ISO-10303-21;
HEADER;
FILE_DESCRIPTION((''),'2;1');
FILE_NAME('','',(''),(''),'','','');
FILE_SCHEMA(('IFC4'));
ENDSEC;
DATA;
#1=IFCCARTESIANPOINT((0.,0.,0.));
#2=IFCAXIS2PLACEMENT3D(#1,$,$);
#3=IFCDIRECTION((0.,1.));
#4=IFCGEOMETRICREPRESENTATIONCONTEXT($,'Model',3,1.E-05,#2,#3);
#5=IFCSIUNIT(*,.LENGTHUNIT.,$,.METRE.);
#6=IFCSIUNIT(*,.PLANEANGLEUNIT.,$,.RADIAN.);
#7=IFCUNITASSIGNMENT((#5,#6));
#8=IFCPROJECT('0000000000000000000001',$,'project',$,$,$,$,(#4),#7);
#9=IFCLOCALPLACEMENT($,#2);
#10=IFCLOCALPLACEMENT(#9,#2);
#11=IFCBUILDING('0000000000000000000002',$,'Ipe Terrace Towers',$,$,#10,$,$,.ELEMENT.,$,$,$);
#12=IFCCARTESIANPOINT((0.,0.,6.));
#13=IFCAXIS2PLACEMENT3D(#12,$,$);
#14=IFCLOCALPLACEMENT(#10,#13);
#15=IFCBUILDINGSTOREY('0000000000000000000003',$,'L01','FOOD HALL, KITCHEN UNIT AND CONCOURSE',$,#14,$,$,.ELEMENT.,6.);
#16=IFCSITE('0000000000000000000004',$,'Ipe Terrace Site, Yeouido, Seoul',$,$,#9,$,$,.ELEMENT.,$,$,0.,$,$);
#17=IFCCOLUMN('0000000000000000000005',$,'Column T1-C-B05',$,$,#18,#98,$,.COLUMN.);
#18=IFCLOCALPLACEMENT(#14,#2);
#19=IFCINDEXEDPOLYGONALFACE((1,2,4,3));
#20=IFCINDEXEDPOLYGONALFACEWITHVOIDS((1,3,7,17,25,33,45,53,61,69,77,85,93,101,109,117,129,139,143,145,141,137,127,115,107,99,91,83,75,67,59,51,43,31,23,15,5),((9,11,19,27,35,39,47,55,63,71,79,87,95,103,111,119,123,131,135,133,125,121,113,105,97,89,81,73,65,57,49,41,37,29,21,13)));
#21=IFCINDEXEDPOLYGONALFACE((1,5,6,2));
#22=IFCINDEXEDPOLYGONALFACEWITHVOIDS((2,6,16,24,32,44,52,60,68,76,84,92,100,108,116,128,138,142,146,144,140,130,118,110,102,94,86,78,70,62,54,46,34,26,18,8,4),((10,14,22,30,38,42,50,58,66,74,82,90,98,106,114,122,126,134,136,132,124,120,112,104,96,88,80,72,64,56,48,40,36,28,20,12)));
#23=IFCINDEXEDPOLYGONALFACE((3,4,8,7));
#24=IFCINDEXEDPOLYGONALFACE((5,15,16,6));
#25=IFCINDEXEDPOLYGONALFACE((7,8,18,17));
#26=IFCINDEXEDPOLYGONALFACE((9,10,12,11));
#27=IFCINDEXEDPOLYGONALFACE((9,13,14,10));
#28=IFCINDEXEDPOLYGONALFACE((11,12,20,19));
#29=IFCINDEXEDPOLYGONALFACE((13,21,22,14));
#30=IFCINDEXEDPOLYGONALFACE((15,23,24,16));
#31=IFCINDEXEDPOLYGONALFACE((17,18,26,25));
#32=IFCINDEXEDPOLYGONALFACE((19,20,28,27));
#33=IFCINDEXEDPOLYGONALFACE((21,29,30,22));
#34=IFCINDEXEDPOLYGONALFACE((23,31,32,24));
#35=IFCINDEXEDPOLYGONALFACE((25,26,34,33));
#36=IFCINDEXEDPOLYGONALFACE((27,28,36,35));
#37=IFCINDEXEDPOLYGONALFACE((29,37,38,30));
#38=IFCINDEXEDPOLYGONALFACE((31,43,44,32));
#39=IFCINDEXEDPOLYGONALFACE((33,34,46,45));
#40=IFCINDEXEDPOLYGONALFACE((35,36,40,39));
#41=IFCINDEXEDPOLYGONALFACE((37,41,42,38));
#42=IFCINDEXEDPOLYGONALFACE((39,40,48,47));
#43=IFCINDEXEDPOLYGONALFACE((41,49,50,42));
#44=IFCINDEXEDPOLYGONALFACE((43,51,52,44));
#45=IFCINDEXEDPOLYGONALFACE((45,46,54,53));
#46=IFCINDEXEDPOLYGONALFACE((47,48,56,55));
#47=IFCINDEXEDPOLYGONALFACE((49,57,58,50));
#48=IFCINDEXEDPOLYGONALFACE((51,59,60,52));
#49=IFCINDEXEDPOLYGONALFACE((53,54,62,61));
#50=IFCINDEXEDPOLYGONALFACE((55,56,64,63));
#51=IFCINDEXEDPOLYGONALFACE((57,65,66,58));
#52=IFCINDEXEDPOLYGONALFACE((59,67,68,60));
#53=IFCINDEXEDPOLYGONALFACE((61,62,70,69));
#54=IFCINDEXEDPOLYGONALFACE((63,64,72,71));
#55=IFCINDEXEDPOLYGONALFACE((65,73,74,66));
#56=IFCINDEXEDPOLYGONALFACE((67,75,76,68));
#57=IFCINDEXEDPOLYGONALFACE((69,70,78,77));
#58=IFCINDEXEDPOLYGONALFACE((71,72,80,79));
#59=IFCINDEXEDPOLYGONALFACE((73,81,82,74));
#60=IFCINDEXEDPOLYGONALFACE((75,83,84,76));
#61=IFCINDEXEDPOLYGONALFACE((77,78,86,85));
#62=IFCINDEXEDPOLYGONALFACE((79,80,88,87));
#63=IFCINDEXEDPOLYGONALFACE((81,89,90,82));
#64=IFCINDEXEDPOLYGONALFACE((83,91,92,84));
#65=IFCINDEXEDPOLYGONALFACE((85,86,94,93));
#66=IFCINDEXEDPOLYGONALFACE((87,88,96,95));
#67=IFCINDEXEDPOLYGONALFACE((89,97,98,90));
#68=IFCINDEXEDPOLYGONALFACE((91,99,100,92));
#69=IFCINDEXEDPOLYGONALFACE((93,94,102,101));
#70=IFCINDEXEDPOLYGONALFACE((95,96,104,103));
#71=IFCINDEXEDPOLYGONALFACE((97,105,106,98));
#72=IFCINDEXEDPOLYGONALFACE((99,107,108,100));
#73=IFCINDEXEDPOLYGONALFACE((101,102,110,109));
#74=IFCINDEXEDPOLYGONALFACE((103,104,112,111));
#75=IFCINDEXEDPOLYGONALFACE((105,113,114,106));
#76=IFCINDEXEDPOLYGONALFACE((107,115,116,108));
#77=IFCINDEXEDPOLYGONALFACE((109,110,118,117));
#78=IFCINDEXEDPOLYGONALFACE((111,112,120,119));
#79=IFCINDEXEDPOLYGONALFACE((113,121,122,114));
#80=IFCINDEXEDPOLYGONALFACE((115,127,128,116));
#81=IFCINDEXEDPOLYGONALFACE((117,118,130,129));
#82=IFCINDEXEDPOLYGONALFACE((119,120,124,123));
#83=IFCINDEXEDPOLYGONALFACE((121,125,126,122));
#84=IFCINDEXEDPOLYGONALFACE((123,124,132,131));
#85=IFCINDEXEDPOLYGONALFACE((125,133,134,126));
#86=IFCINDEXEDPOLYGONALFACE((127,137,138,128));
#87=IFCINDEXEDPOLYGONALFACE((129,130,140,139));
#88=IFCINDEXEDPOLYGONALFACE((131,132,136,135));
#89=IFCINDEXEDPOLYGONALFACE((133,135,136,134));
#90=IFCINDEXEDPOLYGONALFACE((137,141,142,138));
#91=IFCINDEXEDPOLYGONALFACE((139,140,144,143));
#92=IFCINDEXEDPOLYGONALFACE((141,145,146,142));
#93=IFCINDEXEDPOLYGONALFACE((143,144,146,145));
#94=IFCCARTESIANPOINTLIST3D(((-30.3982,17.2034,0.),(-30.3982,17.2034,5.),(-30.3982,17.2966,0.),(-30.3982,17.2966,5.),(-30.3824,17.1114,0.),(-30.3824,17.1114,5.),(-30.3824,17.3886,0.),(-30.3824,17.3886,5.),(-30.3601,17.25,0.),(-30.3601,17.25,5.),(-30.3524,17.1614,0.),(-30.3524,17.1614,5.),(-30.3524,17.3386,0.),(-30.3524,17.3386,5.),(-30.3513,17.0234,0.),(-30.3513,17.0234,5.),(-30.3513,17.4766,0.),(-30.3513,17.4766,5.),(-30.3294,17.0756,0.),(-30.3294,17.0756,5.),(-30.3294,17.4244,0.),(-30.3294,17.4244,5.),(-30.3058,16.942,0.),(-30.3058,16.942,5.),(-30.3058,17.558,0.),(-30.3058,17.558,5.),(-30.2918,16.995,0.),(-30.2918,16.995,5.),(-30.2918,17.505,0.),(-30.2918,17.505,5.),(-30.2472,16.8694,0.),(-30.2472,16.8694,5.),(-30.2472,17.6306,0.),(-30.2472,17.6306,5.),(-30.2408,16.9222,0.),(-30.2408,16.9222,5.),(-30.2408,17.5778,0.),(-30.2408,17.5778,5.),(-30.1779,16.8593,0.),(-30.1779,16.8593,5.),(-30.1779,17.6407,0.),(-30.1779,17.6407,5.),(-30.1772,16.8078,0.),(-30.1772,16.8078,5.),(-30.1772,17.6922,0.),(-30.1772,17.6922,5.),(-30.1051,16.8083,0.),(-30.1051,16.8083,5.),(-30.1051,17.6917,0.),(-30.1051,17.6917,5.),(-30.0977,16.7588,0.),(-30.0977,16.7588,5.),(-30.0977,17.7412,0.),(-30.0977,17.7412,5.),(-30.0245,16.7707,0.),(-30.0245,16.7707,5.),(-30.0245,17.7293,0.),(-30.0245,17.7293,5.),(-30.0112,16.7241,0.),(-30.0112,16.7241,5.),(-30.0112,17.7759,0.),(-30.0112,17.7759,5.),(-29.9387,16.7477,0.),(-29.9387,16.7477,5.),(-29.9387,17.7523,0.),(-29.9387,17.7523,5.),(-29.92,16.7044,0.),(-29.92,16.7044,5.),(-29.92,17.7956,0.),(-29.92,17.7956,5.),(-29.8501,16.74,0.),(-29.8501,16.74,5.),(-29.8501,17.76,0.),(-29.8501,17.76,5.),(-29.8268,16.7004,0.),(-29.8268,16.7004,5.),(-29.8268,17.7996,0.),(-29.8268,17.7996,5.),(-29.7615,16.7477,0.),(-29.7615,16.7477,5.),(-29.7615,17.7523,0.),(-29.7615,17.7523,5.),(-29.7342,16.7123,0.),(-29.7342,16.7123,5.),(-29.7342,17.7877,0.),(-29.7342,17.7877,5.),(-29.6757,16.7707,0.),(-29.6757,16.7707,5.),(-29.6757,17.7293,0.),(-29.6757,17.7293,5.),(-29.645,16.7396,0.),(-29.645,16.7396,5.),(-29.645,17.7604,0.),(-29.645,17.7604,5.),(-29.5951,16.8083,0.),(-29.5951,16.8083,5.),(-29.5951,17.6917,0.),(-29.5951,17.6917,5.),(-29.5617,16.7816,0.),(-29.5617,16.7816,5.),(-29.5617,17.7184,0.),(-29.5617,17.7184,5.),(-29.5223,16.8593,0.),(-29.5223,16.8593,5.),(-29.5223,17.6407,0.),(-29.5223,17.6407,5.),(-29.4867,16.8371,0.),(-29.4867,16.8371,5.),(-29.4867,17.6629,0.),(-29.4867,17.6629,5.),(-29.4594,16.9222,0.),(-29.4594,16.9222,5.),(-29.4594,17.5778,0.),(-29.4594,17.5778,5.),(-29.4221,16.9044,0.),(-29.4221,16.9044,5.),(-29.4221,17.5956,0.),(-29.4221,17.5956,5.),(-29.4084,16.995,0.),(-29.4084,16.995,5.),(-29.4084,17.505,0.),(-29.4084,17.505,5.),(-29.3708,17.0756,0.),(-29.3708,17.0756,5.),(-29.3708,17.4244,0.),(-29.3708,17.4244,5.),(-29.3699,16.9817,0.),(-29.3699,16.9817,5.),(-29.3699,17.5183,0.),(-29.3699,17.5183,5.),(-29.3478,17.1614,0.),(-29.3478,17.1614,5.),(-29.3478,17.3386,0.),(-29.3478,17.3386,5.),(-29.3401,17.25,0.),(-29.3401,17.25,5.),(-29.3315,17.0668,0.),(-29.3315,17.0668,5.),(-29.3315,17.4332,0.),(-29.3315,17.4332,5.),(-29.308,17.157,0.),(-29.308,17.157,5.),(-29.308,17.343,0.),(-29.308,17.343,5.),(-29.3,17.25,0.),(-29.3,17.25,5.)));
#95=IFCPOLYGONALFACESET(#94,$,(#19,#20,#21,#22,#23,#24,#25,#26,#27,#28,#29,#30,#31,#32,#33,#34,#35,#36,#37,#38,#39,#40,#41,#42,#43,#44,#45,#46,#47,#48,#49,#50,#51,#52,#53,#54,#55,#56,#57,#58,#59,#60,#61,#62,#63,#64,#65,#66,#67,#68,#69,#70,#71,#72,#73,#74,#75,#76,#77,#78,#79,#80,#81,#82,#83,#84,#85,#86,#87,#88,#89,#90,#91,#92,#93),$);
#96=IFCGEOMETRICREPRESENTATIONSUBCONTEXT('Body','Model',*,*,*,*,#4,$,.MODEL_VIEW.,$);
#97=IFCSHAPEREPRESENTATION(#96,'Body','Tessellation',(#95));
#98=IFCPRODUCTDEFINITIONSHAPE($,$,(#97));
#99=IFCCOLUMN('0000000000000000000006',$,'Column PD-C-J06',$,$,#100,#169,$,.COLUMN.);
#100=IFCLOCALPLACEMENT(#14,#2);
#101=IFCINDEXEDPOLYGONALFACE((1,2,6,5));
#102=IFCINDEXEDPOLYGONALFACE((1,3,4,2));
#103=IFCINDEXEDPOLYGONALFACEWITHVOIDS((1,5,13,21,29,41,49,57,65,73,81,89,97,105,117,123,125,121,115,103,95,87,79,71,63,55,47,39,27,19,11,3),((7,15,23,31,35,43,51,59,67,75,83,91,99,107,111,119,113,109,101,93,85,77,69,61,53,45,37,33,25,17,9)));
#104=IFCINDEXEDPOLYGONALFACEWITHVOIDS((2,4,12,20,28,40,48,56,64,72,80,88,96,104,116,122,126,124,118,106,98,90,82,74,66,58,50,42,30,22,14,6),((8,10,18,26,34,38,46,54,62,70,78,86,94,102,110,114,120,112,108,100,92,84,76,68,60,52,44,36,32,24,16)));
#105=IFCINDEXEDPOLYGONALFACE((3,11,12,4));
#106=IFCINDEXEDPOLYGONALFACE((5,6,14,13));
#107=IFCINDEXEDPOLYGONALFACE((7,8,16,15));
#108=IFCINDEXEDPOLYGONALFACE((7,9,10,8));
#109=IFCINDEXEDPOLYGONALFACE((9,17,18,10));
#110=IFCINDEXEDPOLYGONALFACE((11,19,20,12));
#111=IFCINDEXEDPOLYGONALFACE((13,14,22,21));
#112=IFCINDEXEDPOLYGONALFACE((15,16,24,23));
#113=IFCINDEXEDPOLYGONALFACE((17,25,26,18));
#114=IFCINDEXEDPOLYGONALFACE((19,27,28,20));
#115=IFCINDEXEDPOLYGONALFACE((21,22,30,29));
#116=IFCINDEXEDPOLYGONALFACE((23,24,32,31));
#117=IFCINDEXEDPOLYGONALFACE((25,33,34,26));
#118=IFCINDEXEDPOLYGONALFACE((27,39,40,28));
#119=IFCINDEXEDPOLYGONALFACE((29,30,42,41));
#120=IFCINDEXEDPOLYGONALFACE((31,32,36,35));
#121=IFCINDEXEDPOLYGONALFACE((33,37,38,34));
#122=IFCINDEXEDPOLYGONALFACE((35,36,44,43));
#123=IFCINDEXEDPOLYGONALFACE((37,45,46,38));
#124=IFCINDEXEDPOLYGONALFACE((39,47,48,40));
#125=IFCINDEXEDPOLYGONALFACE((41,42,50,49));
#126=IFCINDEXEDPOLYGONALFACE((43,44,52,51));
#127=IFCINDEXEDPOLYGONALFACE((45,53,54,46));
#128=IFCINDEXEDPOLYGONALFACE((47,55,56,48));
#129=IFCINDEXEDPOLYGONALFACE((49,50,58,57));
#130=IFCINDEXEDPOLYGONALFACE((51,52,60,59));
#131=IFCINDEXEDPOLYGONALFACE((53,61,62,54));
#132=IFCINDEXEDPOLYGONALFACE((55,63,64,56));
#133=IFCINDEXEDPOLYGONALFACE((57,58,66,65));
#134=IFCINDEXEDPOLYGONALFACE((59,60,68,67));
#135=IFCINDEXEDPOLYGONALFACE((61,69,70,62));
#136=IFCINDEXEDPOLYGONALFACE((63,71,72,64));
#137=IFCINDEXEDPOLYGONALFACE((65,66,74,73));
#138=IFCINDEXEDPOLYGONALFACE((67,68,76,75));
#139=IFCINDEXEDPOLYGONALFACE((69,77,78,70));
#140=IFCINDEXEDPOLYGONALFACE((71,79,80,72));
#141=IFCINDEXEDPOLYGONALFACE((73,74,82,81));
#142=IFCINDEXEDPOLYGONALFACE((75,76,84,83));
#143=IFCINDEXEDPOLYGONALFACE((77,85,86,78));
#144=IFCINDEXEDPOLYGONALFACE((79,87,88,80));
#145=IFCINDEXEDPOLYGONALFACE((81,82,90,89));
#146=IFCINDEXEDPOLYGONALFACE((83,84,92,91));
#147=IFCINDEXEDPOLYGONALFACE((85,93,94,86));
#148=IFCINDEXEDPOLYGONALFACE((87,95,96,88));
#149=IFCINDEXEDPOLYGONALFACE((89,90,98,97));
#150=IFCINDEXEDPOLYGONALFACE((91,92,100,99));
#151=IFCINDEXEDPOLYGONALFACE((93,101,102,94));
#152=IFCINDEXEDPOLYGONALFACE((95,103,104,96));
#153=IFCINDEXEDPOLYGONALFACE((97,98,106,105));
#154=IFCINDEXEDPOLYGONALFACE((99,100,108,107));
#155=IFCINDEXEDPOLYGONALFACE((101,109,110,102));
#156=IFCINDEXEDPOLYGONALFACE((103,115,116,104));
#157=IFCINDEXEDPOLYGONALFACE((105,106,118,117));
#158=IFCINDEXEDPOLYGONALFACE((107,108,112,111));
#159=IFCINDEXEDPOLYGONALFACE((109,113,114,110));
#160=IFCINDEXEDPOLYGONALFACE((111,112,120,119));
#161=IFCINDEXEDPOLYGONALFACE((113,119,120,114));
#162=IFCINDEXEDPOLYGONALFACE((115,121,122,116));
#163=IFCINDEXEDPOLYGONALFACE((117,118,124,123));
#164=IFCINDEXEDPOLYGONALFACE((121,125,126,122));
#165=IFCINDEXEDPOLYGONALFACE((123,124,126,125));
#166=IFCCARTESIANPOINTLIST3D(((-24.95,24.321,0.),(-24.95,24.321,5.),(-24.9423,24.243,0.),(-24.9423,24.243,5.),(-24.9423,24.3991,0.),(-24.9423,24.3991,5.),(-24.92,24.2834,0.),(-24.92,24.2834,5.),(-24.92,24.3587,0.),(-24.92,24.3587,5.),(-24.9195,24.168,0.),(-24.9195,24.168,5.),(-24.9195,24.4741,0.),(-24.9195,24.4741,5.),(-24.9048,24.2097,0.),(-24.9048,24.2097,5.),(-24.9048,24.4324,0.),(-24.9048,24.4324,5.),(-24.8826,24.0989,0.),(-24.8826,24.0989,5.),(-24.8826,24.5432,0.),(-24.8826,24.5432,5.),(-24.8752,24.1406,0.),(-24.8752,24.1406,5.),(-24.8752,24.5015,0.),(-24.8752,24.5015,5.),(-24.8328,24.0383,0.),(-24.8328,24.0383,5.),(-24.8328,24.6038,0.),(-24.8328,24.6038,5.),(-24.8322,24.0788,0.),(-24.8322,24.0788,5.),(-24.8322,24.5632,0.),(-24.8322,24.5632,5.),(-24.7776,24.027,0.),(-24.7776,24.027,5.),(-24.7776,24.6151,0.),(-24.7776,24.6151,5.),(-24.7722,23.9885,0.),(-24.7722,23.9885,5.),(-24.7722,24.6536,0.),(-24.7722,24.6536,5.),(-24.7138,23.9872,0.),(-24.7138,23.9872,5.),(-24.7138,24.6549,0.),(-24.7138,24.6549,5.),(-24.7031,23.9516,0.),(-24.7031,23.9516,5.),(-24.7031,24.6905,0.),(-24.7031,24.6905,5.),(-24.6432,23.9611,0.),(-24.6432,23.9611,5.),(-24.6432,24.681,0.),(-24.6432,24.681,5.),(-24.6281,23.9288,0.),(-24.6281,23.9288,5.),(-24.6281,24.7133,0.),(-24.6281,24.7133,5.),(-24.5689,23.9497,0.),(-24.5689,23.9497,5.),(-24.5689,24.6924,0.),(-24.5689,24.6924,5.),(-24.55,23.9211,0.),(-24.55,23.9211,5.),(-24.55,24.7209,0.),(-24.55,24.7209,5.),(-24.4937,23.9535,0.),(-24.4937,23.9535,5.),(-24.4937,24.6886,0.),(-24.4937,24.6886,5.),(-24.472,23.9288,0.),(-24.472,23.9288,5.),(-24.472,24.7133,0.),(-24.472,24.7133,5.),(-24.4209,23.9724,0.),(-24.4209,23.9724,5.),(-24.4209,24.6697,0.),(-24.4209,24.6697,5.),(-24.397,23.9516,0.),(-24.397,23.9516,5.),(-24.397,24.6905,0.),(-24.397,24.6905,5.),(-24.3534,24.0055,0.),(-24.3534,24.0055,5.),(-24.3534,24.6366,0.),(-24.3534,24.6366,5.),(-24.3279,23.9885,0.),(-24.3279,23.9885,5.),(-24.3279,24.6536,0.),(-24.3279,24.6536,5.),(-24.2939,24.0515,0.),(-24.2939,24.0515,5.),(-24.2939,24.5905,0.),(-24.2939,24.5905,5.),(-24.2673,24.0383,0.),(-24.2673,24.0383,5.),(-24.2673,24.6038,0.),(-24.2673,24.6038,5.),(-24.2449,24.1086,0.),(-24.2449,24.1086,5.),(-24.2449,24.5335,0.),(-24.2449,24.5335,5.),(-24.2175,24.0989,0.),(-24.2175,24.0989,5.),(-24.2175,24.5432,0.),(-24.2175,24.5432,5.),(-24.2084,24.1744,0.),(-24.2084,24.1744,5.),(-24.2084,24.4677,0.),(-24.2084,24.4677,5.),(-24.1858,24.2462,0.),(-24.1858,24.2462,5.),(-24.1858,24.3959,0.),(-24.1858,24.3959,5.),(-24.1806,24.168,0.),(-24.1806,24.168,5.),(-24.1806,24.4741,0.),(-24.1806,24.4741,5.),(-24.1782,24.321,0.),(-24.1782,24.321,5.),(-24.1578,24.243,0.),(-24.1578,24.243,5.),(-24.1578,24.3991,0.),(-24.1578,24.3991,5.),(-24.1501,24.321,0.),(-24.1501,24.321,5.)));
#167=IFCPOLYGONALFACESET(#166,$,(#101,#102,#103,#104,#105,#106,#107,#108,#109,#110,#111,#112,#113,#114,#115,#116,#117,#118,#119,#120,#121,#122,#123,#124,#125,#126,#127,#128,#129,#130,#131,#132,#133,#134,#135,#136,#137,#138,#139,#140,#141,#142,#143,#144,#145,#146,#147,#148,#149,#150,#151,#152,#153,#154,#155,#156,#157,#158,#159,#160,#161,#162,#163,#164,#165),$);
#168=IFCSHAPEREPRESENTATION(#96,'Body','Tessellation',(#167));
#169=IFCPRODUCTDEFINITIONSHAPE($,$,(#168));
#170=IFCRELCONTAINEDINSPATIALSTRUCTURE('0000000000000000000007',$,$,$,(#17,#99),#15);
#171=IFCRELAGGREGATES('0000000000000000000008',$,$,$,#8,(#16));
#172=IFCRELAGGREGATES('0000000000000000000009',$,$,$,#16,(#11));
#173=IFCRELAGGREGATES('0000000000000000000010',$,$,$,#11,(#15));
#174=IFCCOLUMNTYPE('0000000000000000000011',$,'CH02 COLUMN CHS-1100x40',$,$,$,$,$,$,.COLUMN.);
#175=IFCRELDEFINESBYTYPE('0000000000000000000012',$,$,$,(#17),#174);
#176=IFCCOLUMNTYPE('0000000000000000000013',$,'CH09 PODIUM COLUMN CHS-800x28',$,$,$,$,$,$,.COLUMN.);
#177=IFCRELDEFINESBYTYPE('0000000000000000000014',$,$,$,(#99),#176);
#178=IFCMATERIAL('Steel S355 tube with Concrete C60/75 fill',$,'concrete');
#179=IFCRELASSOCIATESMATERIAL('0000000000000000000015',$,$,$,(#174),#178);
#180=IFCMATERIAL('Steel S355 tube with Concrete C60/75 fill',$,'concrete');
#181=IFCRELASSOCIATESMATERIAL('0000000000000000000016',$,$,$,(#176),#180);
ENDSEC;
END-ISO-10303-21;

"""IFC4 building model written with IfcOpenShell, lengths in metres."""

from ifc_helpers import new_model, si_unit, direction, frame, origin, origin_2d, place, context, subcontext, project, spatial, hollow_circle, extrude, material, material_profile, profile_set, type_object, element, save


model = new_model("IFC4")

# Units and contexts
model_context = context("Model", 3, precision=1e-05, world=origin(), true_north=direction((0.0, 1.0)))
body_context = subcontext(model_context, "Body", "Model", "MODEL_VIEW")
ifc_project = project(units=[si_unit("LENGTHUNIT", "METRE"), si_unit("PLANEANGLEUNIT", "RADIAN")], contexts=[model_context])

# Site, building, storey
site_placement = place(None, origin())
site = spatial("IfcSite", under=ifc_project, at=site_placement, Name="Ipe Terrace Site, Yeouido, Seoul", CompositionType="ELEMENT", RefElevation=0.0)
building_placement = place(site_placement, origin())
building = spatial("IfcBuilding", under=site, at=building_placement, Name="Ipe Terrace Towers", CompositionType="ELEMENT")
storey_placement = place(building_placement, frame((0.0, 0.0, 6.0)))
storey = spatial("IfcBuildingStorey", under=building, at=storey_placement, Name="L01", Description="FOOD HALL, KITCHEN UNIT AND CONCOURSE", CompositionType="ELEMENT", Elevation=6.0)

# Columns
ifc_material_1 = material(Name="Steel S355 tube with Concrete C60/75 fill", Category="concrete")
ifc_material_profile_1 = material_profile(ifc_material_1, hollow_circle(Radius=0.55, WallThickness=0.04, at=origin_2d()), Name="CHS-1100x40")
ifc_profile_set_1 = profile_set([ifc_material_profile_1], Name="Steel S355 tube with Concrete C60/75 fill")
column_type_1 = type_object("IfcColumnType", Name="CH02 COLUMN CHS-1100x40", PredefinedType="COLUMN", material=ifc_profile_set_1)
column_placement = place(storey_placement, frame((-29.8501, 17.25, 0.0), z_axis=(0.0, 0.0, 1.0), x_axis=(1.0, 0.0, 0.0)))
element("IfcColumn", 1, at=column_placement, inside=storey, type_object=column_type_1, Name="Column T1-C-B05", PredefinedType="COLUMN", context=body_context, shape_type="SweptSolid", body=[
    extrude(hollow_circle(Radius=0.55, WallThickness=0.04, at=origin_2d()), origin(), (0.0, 0.0, 1.0), 5.0),
])
ifc_material_2 = material(Name="Steel S355 tube with Concrete C60/75 fill", Category="concrete")
ifc_material_profile_2 = material_profile(ifc_material_2, hollow_circle(Radius=0.3999, WallThickness=0.0281, at=origin_2d()), Name="CHS-800x28")
ifc_profile_set_2 = profile_set([ifc_material_profile_2], Name="Steel S355 tube with Concrete C60/75 fill")
column_type_2 = type_object("IfcColumnType", Name="CH09 PODIUM COLUMN CHS-800x28", PredefinedType="COLUMN", material=ifc_profile_set_2)
for number, where, z_axis, x_axis, name in (
    (2, (-24.55, 24.321, 0.0), (0.0, 0.0, 1.0), (1.0, 0.0, 0.0), "Column PD-C-J06"),
):
    element("IfcColumn", number, at=place(storey_placement, frame(where, z_axis=z_axis, x_axis=x_axis)), inside=storey, type_object=column_type_2, Name=name, PredefinedType="COLUMN", context=body_context, shape_type="SweptSolid", body=[
        extrude(hollow_circle(Radius=0.3999, WallThickness=0.0281, at=origin_2d()), origin(), (0.0, 0.0, 1.0), 5.0),
    ])

save(model, "model.ifc")
